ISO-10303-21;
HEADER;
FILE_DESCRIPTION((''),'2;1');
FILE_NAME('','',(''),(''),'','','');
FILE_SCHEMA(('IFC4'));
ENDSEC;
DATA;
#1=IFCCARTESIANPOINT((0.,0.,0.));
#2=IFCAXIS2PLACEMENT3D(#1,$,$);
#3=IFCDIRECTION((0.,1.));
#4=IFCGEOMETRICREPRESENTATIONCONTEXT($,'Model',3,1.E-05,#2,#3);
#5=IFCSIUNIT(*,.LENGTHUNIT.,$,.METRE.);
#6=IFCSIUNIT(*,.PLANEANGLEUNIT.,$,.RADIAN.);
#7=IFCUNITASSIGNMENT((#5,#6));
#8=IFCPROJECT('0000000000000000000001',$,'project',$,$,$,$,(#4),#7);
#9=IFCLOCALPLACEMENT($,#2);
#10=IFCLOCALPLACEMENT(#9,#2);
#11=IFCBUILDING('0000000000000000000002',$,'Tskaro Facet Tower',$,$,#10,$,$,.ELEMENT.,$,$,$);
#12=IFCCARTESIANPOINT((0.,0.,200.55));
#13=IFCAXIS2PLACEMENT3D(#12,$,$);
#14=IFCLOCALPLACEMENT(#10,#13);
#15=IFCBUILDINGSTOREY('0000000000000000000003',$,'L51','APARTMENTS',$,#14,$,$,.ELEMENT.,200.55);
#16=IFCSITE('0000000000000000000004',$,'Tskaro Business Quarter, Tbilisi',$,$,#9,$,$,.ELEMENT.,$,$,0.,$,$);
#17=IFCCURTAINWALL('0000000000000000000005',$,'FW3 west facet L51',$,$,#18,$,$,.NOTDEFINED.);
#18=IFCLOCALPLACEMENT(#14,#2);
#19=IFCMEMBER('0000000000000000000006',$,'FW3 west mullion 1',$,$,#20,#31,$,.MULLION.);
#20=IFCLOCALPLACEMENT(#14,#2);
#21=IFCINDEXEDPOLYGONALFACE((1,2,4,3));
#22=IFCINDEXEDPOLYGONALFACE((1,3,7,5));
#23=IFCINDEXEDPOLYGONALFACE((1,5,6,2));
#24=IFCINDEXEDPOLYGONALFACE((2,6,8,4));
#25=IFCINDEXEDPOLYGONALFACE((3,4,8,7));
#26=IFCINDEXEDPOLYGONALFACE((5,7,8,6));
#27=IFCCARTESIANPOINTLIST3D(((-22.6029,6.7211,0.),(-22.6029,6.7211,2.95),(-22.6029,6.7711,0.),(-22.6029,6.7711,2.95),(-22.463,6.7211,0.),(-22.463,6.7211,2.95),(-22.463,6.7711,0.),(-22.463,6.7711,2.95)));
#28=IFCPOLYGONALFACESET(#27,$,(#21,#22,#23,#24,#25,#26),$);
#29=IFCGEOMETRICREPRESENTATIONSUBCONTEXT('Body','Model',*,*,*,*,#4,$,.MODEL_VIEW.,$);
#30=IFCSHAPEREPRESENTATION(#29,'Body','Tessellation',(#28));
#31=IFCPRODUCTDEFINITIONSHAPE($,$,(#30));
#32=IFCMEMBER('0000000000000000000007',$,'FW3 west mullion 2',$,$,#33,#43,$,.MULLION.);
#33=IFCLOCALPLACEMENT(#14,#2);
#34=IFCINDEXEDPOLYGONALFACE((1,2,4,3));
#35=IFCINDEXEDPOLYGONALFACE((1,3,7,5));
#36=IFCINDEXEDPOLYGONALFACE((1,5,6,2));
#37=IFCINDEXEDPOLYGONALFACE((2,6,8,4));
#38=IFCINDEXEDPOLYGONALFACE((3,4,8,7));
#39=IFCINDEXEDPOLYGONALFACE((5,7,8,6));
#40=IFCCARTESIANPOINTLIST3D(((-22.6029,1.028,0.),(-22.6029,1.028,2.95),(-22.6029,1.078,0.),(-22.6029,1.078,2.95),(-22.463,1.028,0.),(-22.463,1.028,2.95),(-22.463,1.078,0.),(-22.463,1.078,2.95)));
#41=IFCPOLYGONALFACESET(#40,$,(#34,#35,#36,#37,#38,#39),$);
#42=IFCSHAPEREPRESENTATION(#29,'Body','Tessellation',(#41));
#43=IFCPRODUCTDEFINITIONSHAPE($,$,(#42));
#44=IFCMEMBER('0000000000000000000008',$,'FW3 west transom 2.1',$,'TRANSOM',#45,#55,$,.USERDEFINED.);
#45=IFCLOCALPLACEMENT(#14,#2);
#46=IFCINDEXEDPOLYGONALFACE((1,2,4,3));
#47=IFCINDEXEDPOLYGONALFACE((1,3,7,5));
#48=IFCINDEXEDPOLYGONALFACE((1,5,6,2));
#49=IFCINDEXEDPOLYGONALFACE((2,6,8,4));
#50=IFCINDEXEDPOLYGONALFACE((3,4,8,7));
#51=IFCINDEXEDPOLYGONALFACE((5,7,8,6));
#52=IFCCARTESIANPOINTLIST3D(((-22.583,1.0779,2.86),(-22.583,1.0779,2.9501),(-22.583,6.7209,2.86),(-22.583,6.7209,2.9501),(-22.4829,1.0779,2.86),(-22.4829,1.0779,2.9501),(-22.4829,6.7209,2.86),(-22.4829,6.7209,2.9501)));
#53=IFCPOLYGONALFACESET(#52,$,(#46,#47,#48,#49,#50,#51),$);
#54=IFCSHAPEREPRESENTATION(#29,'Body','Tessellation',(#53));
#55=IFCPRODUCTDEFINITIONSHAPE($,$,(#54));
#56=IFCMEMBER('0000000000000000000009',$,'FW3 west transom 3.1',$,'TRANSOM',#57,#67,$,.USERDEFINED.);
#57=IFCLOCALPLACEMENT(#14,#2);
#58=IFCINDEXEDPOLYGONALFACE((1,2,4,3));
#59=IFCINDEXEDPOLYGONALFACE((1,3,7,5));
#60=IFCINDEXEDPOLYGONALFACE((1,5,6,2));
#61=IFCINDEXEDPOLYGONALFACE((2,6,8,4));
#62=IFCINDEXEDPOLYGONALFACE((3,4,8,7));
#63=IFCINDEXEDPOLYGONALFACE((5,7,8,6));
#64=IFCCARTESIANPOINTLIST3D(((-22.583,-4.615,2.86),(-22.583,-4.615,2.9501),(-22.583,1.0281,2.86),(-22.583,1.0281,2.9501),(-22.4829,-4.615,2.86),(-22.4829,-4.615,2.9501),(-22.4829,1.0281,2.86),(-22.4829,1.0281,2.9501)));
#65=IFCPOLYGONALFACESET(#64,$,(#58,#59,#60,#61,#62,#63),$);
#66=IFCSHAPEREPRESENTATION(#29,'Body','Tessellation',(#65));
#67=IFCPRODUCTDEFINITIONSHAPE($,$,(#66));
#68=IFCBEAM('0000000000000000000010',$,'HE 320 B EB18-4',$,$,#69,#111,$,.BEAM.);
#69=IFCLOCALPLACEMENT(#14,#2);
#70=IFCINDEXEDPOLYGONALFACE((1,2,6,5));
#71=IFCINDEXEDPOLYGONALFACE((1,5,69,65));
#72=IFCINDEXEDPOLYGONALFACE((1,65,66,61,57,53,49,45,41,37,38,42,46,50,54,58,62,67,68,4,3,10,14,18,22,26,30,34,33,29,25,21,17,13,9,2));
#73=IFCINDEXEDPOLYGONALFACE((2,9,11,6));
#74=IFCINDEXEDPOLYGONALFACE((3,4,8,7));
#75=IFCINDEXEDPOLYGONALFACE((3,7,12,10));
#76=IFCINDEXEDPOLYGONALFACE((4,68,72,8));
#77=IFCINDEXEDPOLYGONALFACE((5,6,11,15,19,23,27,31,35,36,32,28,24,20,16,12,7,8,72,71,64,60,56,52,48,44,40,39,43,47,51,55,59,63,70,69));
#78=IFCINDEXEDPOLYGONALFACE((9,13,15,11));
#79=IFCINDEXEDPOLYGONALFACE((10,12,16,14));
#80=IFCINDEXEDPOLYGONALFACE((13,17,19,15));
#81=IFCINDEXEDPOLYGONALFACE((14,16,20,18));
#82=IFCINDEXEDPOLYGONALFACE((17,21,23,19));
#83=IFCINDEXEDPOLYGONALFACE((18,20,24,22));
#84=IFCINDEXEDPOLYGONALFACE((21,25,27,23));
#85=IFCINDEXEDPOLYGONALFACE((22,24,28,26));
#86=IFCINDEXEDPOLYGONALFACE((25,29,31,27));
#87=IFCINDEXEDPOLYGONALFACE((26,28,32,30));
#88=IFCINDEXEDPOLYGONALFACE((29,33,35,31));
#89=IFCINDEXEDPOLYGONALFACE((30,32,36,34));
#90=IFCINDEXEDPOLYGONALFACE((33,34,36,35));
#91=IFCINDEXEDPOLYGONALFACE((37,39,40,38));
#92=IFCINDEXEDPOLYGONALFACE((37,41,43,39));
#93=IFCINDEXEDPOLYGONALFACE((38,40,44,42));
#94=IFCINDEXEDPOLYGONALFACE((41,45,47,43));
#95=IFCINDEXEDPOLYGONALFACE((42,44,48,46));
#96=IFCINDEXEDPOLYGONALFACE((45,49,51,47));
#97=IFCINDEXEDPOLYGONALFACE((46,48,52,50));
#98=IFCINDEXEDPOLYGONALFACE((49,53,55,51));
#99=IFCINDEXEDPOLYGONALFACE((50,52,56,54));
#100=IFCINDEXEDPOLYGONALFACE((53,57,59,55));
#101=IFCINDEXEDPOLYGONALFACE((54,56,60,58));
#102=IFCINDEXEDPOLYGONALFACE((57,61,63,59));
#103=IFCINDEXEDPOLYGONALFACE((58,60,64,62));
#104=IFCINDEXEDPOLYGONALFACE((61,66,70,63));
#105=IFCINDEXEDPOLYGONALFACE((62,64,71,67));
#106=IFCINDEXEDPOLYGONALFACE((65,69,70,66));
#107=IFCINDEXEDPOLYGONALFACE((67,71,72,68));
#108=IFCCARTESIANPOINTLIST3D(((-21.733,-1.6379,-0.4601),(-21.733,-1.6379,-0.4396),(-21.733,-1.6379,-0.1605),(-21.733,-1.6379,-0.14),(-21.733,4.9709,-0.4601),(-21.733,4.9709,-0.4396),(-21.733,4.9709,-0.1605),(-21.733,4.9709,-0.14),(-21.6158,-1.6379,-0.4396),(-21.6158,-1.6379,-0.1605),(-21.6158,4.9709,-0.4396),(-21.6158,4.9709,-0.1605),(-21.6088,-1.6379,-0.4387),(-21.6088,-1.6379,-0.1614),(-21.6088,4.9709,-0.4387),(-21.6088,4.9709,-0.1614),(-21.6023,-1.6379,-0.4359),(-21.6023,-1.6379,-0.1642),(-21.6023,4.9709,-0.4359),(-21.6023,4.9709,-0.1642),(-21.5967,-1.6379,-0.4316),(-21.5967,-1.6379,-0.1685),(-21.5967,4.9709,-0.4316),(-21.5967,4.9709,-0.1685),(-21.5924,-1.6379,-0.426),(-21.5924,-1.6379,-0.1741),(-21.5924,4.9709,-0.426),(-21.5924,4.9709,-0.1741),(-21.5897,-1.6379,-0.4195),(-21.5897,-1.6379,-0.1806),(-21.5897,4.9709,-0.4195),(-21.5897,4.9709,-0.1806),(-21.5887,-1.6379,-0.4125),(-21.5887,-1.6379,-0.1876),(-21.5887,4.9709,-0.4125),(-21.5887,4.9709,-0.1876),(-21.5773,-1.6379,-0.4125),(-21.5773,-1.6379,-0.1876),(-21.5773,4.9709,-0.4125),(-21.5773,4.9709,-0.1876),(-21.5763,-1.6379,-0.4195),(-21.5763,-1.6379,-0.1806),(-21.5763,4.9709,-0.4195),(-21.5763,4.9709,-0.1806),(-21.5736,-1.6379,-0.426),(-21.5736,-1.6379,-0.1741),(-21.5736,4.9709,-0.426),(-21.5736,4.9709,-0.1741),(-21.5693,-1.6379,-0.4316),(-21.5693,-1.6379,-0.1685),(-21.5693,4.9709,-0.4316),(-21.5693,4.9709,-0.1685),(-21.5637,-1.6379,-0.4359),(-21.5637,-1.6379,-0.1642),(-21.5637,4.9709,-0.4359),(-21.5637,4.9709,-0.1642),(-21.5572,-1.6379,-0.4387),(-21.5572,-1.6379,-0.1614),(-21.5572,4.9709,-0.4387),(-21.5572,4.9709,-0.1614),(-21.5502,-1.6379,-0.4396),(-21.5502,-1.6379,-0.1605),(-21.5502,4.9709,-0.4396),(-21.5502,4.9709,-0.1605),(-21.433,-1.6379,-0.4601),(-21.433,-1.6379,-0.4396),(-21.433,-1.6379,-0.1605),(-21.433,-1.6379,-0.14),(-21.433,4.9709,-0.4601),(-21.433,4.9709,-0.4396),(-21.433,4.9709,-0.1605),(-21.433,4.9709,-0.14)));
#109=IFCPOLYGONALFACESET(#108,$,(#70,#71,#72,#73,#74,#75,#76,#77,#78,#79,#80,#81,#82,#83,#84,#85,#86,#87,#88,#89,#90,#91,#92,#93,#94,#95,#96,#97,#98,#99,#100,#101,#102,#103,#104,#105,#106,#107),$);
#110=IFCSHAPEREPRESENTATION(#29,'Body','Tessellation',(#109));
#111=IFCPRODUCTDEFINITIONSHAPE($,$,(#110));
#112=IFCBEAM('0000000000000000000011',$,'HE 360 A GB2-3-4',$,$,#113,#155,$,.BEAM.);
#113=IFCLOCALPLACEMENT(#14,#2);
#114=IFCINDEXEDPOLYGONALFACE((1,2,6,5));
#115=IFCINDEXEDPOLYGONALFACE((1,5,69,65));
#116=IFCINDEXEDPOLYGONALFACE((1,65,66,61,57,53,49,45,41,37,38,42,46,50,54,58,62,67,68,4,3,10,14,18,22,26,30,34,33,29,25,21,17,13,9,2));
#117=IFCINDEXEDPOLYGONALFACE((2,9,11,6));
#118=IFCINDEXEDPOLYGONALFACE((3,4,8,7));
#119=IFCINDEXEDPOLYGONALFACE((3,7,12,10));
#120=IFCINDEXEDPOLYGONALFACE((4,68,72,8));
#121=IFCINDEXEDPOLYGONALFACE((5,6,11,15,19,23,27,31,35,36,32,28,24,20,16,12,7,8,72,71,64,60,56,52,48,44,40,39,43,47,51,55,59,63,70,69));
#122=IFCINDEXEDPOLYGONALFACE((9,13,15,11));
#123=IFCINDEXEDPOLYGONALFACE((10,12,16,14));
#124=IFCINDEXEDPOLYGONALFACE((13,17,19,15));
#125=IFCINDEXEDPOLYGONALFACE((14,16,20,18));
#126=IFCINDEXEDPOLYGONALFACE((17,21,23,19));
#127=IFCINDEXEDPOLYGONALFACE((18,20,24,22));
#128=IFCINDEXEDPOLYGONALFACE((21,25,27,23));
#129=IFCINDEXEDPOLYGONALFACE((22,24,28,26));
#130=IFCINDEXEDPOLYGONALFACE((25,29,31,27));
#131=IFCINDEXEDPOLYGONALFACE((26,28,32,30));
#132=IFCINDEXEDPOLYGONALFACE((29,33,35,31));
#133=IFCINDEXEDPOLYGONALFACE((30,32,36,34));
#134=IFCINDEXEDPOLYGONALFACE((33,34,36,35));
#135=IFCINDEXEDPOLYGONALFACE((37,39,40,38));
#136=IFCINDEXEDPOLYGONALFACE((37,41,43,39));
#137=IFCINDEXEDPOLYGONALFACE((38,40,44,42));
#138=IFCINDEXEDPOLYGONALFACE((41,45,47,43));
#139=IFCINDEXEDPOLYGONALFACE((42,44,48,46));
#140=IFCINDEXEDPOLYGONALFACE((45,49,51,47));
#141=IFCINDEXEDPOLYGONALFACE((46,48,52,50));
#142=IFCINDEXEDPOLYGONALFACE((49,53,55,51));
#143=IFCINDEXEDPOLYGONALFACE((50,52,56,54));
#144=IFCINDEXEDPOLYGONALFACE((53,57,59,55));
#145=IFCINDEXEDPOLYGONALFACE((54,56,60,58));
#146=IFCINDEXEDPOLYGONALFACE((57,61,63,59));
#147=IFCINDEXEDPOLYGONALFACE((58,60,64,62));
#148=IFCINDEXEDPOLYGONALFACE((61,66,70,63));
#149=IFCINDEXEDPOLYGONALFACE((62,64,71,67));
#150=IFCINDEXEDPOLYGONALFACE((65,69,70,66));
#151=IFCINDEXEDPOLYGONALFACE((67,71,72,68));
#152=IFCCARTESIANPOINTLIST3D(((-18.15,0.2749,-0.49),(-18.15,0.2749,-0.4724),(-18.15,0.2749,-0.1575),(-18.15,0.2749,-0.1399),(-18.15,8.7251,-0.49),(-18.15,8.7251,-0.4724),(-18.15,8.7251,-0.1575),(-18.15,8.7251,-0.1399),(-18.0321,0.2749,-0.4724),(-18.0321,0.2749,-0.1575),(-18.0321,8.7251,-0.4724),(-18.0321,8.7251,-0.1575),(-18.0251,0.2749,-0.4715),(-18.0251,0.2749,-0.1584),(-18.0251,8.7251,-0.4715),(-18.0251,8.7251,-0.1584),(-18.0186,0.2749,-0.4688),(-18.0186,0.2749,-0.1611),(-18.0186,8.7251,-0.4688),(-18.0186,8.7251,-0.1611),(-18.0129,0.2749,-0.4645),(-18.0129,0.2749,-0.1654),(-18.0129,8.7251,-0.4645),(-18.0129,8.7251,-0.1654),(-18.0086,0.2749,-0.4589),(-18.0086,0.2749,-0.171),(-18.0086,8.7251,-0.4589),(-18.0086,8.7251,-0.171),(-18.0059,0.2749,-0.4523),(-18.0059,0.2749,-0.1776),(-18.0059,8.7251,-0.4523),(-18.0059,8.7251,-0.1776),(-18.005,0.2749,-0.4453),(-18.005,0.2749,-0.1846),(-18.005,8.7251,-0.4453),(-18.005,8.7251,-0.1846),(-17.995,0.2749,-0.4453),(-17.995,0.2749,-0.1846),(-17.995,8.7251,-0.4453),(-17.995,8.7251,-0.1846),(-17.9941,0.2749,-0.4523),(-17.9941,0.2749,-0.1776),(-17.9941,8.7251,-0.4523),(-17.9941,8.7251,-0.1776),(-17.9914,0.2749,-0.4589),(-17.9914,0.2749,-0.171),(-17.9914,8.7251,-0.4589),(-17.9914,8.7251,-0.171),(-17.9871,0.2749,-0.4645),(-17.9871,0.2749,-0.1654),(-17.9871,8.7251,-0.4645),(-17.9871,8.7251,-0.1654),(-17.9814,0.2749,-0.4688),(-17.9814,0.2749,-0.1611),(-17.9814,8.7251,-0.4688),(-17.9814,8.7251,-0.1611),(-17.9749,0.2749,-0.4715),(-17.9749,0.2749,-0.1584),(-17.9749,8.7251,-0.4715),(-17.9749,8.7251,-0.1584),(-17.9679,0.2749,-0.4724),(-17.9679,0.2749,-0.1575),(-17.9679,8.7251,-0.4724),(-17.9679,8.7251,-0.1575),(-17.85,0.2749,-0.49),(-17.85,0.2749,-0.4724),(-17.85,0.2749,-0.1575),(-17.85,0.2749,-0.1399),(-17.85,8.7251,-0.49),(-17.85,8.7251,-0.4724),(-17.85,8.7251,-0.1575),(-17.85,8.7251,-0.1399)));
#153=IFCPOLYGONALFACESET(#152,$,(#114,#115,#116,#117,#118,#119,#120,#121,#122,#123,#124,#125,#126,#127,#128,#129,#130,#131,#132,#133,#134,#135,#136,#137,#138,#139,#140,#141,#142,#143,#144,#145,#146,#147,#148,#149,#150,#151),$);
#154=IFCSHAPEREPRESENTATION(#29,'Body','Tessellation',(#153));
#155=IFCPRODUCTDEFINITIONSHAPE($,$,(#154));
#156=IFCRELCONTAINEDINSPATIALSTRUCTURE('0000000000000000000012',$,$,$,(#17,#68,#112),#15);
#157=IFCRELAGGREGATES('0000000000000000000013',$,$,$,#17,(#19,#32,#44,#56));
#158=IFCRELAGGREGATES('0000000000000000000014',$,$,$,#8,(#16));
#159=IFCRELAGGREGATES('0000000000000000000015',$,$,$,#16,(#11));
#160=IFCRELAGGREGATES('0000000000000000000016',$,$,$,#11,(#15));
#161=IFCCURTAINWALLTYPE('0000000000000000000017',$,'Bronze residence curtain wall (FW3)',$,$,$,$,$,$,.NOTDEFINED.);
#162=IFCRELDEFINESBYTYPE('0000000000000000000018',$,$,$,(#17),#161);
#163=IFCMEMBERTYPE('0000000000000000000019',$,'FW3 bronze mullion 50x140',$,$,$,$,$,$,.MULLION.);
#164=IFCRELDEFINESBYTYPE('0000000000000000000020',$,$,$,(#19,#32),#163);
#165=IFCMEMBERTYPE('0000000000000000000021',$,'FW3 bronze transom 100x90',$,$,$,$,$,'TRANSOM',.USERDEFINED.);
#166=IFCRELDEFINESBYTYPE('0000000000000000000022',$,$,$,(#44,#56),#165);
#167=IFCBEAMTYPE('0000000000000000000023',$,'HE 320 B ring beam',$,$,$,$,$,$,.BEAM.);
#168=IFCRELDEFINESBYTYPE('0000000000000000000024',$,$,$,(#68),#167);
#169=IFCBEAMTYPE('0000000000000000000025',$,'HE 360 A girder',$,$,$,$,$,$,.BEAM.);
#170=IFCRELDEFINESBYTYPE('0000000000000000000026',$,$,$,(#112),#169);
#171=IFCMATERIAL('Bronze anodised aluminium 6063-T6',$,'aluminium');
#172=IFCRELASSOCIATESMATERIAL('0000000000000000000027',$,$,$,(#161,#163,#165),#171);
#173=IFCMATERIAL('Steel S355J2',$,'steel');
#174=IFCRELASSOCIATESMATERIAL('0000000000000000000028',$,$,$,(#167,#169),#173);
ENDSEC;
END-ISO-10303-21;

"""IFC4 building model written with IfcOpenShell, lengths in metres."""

from ifc_helpers import new_model, si_unit, direction, frame, origin, origin_2d, place, context, subcontext, project, spatial, rectangle, i_section, extrude, material, material_profile, profile_set, type_object, element, aggregate, save


model = new_model("IFC4")

# Units and contexts
model_context = context("Model", 3, precision=1e-05, world=origin(), true_north=direction((0.0, 1.0)))
body_context = subcontext(model_context, "Body", "Model", "MODEL_VIEW")
ifc_project = project(units=[si_unit("LENGTHUNIT", "METRE"), si_unit("PLANEANGLEUNIT", "RADIAN")], contexts=[model_context])

# Site, building, storey
site_placement = place(None, origin())
site = spatial("IfcSite", under=ifc_project, at=site_placement, Name="Tskaro Business Quarter, Tbilisi", CompositionType="ELEMENT", RefElevation=0.0)
building_placement = place(site_placement, origin())
building = spatial("IfcBuilding", under=site, at=building_placement, Name="Tskaro Facet Tower", CompositionType="ELEMENT")
storey_placement = place(building_placement, frame((0.0, 0.0, 200.55)))
storey = spatial("IfcBuildingStorey", under=building, at=storey_placement, Name="L51", Description="APARTMENTS", CompositionType="ELEMENT", Elevation=200.55)

# Curtain wall, members
ifc_material_1 = material(Name="Bronze anodised aluminium 6063-T6", Category="aluminium")
curtain_wall_type = type_object("IfcCurtainWallType", Name="Bronze residence curtain wall (FW3)", PredefinedType="NOTDEFINED", material=ifc_material_1)
curtain_wall_placement = place(storey_placement, origin())
curtain_wall = element("IfcCurtainWall", 1, at=curtain_wall_placement, inside=storey, type_object=curtain_wall_type, Name="FW3 west facet L51", PredefinedType="NOTDEFINED")
ifc_material_profile_1 = material_profile(ifc_material_1, rectangle(XDim=0.05, YDim=0.1399, at=origin_2d()), Name="Mullion 50x140")
ifc_profile_set_1 = profile_set([ifc_material_profile_1], Name="Bronze anodised aluminium 6063-T6")
member_type_1 = type_object("IfcMemberType", Name="FW3 bronze mullion 50x140", PredefinedType="MULLION", material=ifc_profile_set_1)
member_1_placement = place(storey_placement, frame((-22.533, 6.7461, 0.0), z_axis=(0.0, 0.0, 1.0), x_axis=(0.0, -1.0, 0.0)))
member_1 = element("IfcMember", 2, at=member_1_placement, type_object=member_type_1, Name="FW3 west mullion 1", PredefinedType="MULLION", context=body_context, shape_type="SweptSolid", body=[
    extrude(rectangle(XDim=0.05, YDim=0.1399, at=origin_2d()), origin(), (0.0, 0.0, 1.0), 2.95),
])
member_2_placement = place(storey_placement, frame((-22.533, 1.053, 0.0), z_axis=(0.0, 0.0, 1.0), x_axis=(0.0, -1.0, 0.0)))
member_2 = element("IfcMember", 3, at=member_2_placement, type_object=member_type_1, Name="FW3 west mullion 2", PredefinedType="MULLION", context=body_context, shape_type="SweptSolid", body=[
    extrude(rectangle(XDim=0.05, YDim=0.1399, at=origin_2d()), origin(), (0.0, 0.0, 1.0), 2.95),
])
ifc_material_profile_2 = material_profile(ifc_material_1, rectangle(XDim=0.1001, YDim=0.0901, at=origin_2d()), Name="Transom 100x90")
ifc_profile_set_2 = profile_set([ifc_material_profile_2], Name="Bronze anodised aluminium 6063-T6")
member_type_2 = type_object("IfcMemberType", Name="FW3 bronze transom 100x90", ElementType="TRANSOM", PredefinedType="USERDEFINED", material=ifc_profile_set_2)
member_3_placement = place(storey_placement, frame((-22.533, 6.7209, 2.905), z_axis=(0.0, -1.0, 0.0), x_axis=(1.0, 0.0, 0.0)))
member_3 = element("IfcMember", 4, at=member_3_placement, type_object=member_type_2, Name="FW3 west transom 2.1", ObjectType="TRANSOM", PredefinedType="USERDEFINED", context=body_context, shape_type="SweptSolid", body=[
    extrude(rectangle(XDim=0.1001, YDim=0.0901, at=origin_2d()), origin(), (0.0, 0.0, 1.0), 5.6431),
])
member_4_placement = place(storey_placement, frame((-22.533, 1.0281, 2.905), z_axis=(0.0, -1.0, 0.0), x_axis=(1.0, 0.0, 0.0)))
member_4 = element("IfcMember", 5, at=member_4_placement, type_object=member_type_2, Name="FW3 west transom 3.1", ObjectType="TRANSOM", PredefinedType="USERDEFINED", context=body_context, shape_type="SweptSolid", body=[
    extrude(rectangle(XDim=0.1001, YDim=0.0901, at=origin_2d()), origin(), (0.0, 0.0, 1.0), 5.6431),
])

# Beams
ifc_material_2 = material(Name="Steel S355J2", Category="steel")
ifc_material_profile_3 = material_profile(ifc_material_2, i_section(OverallWidth=0.3, OverallDepth=0.3201, WebThickness=0.0115, FlangeThickness=0.0205, FilletRadius=0.0271, at=origin_2d()), Name="HE 320 B")
ifc_profile_set_3 = profile_set([ifc_material_profile_3], Name="Steel S355J2")
beam_type_1 = type_object("IfcBeamType", Name="HE 320 B ring beam", PredefinedType="BEAM", material=ifc_profile_set_3)
beam_1_placement = place(storey_placement, frame((-21.583, 4.9709, -0.3), z_axis=(0.0, -1.0, 0.0), x_axis=(1.0, 0.0, 0.0)))
element("IfcBeam", 6, at=beam_1_placement, inside=storey, type_object=beam_type_1, Name="HE 320 B EB18-4", PredefinedType="BEAM", context=body_context, shape_type="SweptSolid", body=[
    extrude(i_section(OverallWidth=0.3, OverallDepth=0.3201, WebThickness=0.0115, FlangeThickness=0.0205, FilletRadius=0.0271, at=origin_2d()), origin(), (0.0, 0.0, 1.0), 6.6089),
])
ifc_material_profile_4 = material_profile(ifc_material_2, i_section(OverallWidth=0.3, OverallDepth=0.3501, WebThickness=0.01, FlangeThickness=0.0176, FilletRadius=0.0271, at=origin_2d()), Name="HE 360 A")
ifc_profile_set_4 = profile_set([ifc_material_profile_4], Name="Steel S355J2")
beam_type_2 = type_object("IfcBeamType", Name="HE 360 A girder", PredefinedType="BEAM", material=ifc_profile_set_4)
beam_2_placement = place(storey_placement, frame((-18.0, 0.2749, -0.3149), z_axis=(0.0, 1.0, 0.0), x_axis=(-1.0, 0.0, 0.0)))
element("IfcBeam", 7, at=beam_2_placement, inside=storey, type_object=beam_type_2, Name="HE 360 A GB2-3-4", PredefinedType="BEAM", context=body_context, shape_type="SweptSolid", body=[
    extrude(i_section(OverallWidth=0.3, OverallDepth=0.3501, WebThickness=0.01, FlangeThickness=0.0176, FilletRadius=0.0271, at=origin_2d()), origin(), (0.0, 0.0, 1.0), 8.4502),
])

aggregate(curtain_wall, [member_1, member_2, member_3, member_4])

save(model, "model.ifc")
